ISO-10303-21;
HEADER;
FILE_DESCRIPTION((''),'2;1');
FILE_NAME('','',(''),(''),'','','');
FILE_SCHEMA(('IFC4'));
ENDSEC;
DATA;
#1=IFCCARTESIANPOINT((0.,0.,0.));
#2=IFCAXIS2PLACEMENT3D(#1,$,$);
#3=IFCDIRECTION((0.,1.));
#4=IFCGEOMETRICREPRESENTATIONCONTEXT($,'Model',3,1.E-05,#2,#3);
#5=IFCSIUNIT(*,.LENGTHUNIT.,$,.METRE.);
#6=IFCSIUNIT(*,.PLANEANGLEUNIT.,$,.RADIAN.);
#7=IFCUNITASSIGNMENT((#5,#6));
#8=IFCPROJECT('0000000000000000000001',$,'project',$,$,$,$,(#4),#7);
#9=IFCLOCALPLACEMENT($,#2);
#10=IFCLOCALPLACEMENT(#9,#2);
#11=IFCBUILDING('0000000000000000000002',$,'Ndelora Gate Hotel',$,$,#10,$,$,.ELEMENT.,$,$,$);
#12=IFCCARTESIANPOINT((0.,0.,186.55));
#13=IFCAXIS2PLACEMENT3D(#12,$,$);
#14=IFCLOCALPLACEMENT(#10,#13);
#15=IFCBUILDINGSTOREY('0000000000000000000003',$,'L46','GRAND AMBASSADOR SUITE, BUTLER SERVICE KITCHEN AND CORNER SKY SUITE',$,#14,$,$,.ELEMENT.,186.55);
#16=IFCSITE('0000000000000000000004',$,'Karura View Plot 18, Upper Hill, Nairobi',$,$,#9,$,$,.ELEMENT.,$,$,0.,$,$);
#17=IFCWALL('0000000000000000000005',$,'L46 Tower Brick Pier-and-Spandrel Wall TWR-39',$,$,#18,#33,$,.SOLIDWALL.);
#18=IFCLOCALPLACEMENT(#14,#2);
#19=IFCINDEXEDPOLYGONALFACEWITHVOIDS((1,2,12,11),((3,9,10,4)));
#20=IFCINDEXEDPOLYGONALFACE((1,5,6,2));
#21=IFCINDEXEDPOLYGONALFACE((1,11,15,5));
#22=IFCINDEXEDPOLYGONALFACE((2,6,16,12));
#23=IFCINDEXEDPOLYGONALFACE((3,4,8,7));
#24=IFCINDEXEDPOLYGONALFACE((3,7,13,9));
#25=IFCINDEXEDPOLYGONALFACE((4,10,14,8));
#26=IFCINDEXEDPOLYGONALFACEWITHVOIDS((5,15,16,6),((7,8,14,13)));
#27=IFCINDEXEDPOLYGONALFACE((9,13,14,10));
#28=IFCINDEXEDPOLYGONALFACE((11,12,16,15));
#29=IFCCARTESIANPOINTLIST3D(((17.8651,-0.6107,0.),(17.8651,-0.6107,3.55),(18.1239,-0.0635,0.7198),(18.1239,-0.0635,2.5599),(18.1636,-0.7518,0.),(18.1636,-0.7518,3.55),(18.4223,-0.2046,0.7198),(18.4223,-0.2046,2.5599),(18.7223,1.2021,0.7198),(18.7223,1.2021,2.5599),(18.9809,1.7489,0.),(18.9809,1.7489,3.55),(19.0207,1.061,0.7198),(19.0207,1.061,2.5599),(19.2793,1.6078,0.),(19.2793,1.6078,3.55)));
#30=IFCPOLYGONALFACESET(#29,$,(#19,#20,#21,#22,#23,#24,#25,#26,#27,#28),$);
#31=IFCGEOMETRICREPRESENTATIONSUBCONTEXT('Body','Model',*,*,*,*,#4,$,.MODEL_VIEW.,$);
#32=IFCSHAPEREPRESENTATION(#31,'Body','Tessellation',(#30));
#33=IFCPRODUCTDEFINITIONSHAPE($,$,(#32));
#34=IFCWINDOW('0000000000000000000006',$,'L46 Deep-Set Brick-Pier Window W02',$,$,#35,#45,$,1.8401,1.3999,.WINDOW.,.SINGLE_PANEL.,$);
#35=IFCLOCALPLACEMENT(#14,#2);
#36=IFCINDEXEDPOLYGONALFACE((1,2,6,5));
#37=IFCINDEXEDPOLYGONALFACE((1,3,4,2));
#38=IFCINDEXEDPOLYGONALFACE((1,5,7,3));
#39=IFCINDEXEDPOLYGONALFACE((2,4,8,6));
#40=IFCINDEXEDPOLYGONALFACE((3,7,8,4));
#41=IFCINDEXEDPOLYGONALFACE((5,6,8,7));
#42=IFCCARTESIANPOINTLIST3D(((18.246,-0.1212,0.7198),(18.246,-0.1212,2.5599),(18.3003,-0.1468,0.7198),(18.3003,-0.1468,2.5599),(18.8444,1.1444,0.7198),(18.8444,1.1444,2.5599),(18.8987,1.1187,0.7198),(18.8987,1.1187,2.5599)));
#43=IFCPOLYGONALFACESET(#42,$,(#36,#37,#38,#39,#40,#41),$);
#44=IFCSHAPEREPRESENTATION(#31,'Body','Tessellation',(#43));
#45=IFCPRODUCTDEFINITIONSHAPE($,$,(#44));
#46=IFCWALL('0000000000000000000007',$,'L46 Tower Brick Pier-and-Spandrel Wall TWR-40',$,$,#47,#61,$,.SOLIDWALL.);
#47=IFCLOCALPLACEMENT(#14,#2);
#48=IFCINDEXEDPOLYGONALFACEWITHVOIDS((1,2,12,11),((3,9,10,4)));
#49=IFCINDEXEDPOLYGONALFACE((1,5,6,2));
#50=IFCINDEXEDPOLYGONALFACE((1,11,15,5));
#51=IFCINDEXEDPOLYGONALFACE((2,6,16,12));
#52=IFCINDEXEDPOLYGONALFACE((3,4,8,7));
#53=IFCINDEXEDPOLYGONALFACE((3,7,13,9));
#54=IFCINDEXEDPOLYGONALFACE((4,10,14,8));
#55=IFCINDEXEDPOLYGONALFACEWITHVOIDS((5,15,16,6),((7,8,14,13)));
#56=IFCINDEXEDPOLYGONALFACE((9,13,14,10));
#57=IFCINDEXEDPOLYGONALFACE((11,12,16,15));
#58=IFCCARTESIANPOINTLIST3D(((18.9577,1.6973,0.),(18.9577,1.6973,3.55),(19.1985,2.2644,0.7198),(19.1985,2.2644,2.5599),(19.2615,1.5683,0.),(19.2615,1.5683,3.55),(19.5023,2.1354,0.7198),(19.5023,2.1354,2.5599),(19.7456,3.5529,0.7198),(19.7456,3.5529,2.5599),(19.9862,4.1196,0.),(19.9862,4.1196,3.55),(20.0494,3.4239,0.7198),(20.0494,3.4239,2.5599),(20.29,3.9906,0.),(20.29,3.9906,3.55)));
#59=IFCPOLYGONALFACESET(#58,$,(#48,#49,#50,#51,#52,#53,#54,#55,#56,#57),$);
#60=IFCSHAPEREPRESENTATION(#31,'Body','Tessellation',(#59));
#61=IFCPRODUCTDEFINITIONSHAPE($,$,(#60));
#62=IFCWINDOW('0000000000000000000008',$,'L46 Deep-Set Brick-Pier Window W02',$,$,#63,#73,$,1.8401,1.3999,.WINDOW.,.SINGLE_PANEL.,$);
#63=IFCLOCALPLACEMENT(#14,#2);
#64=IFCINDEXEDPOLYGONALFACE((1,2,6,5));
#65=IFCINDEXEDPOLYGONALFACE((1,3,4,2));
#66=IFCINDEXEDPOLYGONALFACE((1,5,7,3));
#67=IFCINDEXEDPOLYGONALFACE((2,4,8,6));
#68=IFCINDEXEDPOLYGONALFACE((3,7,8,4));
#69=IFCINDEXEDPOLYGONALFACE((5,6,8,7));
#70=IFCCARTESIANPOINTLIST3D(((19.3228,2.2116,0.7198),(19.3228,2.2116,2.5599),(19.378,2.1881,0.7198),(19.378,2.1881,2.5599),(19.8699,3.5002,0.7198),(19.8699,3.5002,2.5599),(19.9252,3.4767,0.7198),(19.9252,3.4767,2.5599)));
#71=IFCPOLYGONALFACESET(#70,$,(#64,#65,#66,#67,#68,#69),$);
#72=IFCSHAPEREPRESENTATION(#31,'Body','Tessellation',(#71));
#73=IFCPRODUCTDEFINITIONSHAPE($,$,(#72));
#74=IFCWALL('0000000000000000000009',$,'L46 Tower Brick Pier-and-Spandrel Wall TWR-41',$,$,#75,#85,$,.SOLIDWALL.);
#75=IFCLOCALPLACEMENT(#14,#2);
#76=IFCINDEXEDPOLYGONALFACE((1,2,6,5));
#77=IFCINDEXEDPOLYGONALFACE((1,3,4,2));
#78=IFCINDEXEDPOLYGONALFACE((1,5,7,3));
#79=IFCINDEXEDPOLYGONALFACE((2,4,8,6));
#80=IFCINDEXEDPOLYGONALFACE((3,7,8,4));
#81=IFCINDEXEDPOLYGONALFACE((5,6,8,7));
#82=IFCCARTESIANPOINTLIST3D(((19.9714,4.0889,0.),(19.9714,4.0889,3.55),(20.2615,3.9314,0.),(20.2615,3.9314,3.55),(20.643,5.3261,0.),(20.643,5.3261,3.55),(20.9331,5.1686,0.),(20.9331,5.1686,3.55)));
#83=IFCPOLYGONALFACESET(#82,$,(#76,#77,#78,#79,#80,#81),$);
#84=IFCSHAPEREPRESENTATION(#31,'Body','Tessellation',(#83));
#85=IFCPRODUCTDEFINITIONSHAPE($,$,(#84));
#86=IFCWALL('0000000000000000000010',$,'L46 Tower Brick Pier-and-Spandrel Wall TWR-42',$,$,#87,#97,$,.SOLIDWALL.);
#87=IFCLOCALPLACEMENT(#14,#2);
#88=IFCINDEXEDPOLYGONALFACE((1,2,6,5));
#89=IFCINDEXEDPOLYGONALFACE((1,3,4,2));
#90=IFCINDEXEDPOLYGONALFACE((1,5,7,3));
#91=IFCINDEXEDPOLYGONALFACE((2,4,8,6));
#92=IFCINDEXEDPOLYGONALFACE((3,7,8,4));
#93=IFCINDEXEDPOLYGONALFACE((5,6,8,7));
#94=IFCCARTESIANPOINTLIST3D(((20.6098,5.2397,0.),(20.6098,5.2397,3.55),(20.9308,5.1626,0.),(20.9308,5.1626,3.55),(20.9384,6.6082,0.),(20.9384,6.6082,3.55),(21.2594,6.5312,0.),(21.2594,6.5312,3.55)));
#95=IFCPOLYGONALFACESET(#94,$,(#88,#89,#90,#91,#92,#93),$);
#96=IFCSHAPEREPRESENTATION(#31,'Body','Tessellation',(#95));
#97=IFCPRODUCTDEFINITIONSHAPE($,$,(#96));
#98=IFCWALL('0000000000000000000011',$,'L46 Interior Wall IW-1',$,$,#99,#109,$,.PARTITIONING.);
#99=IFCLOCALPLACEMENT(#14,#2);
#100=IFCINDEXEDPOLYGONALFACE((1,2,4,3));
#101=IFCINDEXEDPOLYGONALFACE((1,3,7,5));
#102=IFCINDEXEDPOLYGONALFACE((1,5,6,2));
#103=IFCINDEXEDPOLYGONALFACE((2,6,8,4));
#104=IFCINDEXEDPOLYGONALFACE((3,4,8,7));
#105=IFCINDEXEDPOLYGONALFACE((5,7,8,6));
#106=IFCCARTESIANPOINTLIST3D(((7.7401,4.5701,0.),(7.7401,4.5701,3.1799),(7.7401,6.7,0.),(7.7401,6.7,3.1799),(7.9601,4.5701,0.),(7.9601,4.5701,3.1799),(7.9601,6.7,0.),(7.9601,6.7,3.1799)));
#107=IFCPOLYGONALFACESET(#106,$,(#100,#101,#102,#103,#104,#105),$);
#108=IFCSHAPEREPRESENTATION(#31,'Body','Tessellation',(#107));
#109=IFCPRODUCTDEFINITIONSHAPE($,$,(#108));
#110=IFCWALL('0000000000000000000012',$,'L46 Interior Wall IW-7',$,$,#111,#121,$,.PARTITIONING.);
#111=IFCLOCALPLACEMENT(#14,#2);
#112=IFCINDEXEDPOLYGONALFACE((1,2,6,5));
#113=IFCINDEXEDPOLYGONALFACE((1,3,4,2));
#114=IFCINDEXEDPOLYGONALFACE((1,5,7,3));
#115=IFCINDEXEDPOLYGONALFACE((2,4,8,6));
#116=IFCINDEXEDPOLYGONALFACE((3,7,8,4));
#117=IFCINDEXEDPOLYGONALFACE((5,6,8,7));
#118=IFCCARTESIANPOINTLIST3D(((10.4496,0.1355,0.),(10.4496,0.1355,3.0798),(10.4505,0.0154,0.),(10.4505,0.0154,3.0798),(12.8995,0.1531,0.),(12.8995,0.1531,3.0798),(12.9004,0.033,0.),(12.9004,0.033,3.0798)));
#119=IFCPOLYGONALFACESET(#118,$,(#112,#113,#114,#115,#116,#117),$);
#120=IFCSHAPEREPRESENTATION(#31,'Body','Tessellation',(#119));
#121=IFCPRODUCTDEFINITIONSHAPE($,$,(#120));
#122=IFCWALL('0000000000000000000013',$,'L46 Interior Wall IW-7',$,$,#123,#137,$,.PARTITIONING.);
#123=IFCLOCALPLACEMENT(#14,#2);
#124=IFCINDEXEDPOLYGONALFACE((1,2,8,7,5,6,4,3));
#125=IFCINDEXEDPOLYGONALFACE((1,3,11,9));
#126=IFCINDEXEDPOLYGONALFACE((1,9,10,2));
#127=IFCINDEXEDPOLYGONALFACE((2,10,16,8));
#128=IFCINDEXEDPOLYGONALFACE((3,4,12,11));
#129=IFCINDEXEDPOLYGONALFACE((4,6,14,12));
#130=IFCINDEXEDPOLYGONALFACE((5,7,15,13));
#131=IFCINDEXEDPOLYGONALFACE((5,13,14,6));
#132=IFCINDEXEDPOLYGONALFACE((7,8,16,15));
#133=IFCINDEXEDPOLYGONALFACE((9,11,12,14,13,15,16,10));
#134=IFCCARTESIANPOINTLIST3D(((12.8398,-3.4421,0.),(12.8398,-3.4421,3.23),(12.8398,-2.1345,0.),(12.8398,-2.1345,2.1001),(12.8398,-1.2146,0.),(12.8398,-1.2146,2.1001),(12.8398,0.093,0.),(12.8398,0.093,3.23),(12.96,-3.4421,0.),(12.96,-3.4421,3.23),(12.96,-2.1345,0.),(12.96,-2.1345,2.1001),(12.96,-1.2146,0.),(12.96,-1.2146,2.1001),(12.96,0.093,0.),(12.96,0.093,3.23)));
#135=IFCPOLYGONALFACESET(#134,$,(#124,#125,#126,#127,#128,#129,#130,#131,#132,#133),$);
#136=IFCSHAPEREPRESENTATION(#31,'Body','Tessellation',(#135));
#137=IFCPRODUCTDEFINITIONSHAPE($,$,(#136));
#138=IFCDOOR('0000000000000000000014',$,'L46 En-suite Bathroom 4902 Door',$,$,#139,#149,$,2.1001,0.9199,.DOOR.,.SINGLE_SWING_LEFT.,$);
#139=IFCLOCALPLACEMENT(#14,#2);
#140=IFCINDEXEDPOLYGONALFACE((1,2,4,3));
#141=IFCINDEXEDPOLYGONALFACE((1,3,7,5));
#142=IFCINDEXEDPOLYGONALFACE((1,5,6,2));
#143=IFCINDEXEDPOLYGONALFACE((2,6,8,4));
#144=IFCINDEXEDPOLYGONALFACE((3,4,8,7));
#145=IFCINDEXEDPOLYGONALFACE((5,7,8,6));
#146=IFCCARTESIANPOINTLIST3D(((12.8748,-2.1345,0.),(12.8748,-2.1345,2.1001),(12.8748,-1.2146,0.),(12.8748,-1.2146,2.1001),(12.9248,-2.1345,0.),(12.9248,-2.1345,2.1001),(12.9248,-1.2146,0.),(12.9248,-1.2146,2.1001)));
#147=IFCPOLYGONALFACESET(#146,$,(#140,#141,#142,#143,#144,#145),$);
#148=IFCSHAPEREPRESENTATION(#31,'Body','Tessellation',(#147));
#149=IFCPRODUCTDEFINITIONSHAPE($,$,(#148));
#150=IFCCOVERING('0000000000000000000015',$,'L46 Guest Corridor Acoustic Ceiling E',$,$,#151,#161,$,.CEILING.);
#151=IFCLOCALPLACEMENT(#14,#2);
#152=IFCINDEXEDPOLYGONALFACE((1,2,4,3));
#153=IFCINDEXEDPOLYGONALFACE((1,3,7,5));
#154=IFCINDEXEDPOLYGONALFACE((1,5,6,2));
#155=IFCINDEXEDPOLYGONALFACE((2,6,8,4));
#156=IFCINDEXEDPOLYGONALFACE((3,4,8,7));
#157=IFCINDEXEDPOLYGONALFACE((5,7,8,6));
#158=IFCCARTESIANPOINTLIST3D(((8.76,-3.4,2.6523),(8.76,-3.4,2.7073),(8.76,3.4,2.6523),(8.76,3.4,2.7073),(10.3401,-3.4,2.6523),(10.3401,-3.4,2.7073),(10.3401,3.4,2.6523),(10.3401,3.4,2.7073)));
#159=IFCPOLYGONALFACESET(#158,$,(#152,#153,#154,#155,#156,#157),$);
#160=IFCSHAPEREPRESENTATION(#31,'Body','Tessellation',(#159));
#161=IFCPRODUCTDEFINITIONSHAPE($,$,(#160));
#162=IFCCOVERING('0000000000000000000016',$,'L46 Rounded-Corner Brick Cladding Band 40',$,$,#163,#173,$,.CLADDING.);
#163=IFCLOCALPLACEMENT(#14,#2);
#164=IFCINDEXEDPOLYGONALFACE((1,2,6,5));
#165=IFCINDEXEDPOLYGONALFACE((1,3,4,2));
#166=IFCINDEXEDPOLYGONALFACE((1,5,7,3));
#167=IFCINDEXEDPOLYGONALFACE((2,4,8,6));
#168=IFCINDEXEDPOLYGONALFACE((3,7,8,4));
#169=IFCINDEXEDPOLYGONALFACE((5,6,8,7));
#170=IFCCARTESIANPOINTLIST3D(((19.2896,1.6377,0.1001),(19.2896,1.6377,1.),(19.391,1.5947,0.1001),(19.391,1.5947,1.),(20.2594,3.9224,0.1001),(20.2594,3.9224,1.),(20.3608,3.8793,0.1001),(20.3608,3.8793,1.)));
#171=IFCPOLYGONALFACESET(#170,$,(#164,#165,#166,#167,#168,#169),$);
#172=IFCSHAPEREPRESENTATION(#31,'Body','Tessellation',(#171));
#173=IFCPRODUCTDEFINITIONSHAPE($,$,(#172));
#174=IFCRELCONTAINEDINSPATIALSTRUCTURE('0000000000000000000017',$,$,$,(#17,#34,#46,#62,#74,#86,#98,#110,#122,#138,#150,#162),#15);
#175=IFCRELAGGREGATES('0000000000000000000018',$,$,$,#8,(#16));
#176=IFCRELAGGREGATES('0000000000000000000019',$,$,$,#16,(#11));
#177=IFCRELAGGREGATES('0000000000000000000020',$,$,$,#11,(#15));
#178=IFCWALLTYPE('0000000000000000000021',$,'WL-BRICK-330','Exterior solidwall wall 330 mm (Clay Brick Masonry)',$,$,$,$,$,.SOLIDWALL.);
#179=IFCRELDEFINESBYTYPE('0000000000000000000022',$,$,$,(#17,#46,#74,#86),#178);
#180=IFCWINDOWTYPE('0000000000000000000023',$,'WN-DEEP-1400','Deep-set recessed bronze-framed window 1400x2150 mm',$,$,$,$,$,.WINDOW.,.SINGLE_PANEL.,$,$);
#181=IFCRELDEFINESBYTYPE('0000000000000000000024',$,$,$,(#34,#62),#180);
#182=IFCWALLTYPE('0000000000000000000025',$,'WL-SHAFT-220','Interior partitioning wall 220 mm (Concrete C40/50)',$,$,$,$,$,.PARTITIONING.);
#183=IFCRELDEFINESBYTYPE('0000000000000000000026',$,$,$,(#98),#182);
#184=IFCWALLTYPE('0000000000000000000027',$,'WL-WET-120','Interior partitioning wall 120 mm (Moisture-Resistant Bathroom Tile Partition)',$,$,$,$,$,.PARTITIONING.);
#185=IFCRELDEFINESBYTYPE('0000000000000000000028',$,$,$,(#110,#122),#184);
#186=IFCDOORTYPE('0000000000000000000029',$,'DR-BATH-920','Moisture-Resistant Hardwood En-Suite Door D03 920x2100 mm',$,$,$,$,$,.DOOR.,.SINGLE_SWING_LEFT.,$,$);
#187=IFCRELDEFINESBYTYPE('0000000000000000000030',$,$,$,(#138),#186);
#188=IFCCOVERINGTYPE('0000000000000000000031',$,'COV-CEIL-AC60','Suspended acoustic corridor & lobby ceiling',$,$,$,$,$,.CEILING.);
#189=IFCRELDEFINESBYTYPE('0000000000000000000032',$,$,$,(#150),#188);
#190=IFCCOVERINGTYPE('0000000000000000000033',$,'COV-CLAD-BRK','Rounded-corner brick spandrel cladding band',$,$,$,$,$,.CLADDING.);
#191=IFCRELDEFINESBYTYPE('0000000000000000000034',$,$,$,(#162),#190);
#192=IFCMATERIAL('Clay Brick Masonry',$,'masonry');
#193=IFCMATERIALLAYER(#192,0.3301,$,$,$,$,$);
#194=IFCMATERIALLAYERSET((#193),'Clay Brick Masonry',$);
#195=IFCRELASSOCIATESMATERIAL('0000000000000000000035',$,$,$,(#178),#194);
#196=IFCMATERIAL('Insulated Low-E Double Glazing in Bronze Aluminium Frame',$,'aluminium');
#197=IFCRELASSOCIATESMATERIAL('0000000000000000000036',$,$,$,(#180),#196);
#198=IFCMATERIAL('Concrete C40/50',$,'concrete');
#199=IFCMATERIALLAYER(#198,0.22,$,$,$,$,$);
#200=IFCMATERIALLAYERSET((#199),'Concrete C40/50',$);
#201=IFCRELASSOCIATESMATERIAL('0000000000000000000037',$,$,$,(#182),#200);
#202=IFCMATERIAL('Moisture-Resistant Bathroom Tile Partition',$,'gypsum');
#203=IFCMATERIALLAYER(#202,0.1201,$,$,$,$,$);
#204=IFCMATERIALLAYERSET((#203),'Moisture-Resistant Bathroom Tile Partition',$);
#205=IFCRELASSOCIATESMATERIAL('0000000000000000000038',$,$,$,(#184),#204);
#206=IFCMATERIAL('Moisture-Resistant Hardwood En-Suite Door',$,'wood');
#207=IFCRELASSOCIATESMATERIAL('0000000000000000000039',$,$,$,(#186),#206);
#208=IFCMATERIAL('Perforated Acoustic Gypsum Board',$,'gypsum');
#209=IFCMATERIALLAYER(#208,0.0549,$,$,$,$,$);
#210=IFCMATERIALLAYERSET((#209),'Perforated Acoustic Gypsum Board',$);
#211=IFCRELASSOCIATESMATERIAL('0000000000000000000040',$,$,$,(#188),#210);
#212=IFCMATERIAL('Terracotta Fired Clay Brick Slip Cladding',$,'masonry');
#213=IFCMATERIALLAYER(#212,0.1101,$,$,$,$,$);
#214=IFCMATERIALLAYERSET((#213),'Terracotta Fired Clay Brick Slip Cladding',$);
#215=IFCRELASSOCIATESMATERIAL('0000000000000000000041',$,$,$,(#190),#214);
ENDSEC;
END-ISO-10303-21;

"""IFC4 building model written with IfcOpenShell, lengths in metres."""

from ifc_helpers import new_model, si_unit, direction, frame, frame_2d, origin, origin_2d, place, context, subcontext, project, spatial, rectangle, extrude, material, layer, layer_set, type_object, element, fill, save


model = new_model("IFC4")

# Units and contexts
model_context = context("Model", 3, precision=1e-05, world=origin(), true_north=direction((0.0, 1.0)))
body_context = subcontext(model_context, "Body", "Model", "MODEL_VIEW")
ifc_project = project(units=[si_unit("LENGTHUNIT", "METRE"), si_unit("PLANEANGLEUNIT", "RADIAN")], contexts=[model_context])

# Site, building, storey
site_placement = place(None, origin())
site = spatial("IfcSite", under=ifc_project, at=site_placement, Name="Karura View Plot 18, Upper Hill, Nairobi", CompositionType="ELEMENT", RefElevation=0.0)
building_placement = place(site_placement, origin())
building = spatial("IfcBuilding", under=site, at=building_placement, Name="Ndelora Gate Hotel", CompositionType="ELEMENT")
storey_placement = place(building_placement, frame((0.0, 0.0, 186.55)))
storey = spatial("IfcBuildingStorey", under=building, at=storey_placement, Name="L46", Description="GRAND AMBASSADOR SUITE, BUTLER SERVICE KITCHEN AND CORNER SKY SUITE", CompositionType="ELEMENT", Elevation=186.55)

# Walls, openings, windows
ifc_material_1 = material(Name="Clay Brick Masonry", Category="masonry")
ifc_layer_1 = layer(ifc_material_1, 0.3301)
ifc_layer_set_1 = layer_set([ifc_layer_1], Name="Clay Brick Masonry")
wall_type_1 = type_object("IfcWallType", Name="WL-BRICK-330", Description="Exterior solidwall wall 330 mm (Clay Brick Masonry)", PredefinedType="SOLIDWALL", material=ifc_layer_set_1)
wall_1_placement = place(storey_placement, frame((19.1301, 1.6785, 0.0), z_axis=(0.0, 0.0, 1.0), x_axis=(-0.427463, -0.904033, 0.0)))
wall_1 = element("IfcWall", 1, at=wall_1_placement, inside=storey, type_object=wall_type_1, Name="L46 Tower Brick Pier-and-Spandrel Wall TWR-39", PredefinedType="SOLIDWALL", context=body_context, shape_type="SweptSolid", body=[
    extrude(rectangle(XDim=2.6101, YDim=0.3301, at=frame_2d((1.3052, 0.0))), origin(), (0.0, 0.0, 1.0), 3.55),
])
opening_1_placement = place(wall_1_placement, frame((0.605, 0.0, 0.72)))
opening_1 = element("IfcOpeningElement", 2, at=opening_1_placement, cuts=wall_1, PredefinedType="OPENING", context=body_context, shape_type="SweptSolid", body=[
    extrude(rectangle(XDim=1.3999, YDim=1.8401, at=frame_2d((0.7, 0.9199))), frame((0.0, 0.175, 0.0), z_axis=(0.0, -1.0, 0.0), x_axis=(1.0, 0.0, 0.0)), (0.0, 0.0, 1.0), 0.3501),
])
ifc_material_2 = material(Name="Insulated Low-E Double Glazing in Bronze Aluminium Frame", Category="aluminium")
window_type = type_object("IfcWindowType", Name="WN-DEEP-1400", Description="Deep-set recessed bronze-framed window 1400x2150 mm", PartitioningType="SINGLE_PANEL", PredefinedType="WINDOW", material=ifc_material_2)
window_1_placement = place(opening_1_placement, origin())
window_1 = element("IfcWindow", 3, at=window_1_placement, inside=storey, type_object=window_type, Name="L46 Deep-Set Brick-Pier Window W02", OverallHeight=1.8401, OverallWidth=1.3999, PartitioningType="SINGLE_PANEL", PredefinedType="WINDOW", context=body_context, shape_type="SweptSolid", body=[
    extrude(rectangle(XDim=1.3999, YDim=1.8401, at=frame_2d((0.7, 0.9199))), frame((0.0, 0.03, 0.0), z_axis=(0.0, -1.0, 0.0), x_axis=(1.0, 0.0, 0.0)), (0.0, 0.0, 1.0), 0.0601),
])
fill(opening_1, window_1)
wall_2_placement = place(storey_placement, frame((20.1382, 4.0552, 0.0), z_axis=(0.0, 0.0, 1.0), x_axis=(-0.390838, -0.920459, 0.0)))
wall_2 = element("IfcWall", 4, at=wall_2_placement, inside=storey, type_object=wall_type_1, Name="L46 Tower Brick Pier-and-Spandrel Wall TWR-40", PredefinedType="SOLIDWALL", context=body_context, shape_type="SweptSolid", body=[
    extrude(rectangle(XDim=2.6316, YDim=0.3301, at=frame_2d((1.3159, 0.0))), origin(), (0.0, 0.0, 1.0), 3.55),
])
opening_2_placement = place(wall_2_placement, frame((0.6157, 0.0, 0.72)))
opening_2 = element("IfcOpeningElement", 5, at=opening_2_placement, cuts=wall_2, PredefinedType="OPENING", context=body_context, shape_type="SweptSolid", body=[
    extrude(rectangle(XDim=1.3999, YDim=1.8401, at=frame_2d((0.7, 0.9199))), frame((0.0, 0.175, 0.0), z_axis=(0.0, -1.0, 0.0), x_axis=(1.0, 0.0, 0.0)), (0.0, 0.0, 1.0), 0.3501),
])
window_2_placement = place(opening_2_placement, origin())
window_2 = element("IfcWindow", 6, at=window_2_placement, inside=storey, type_object=window_type, Name="L46 Deep-Set Brick-Pier Window W02", OverallHeight=1.8401, OverallWidth=1.3999, PartitioningType="SINGLE_PANEL", PredefinedType="WINDOW", context=body_context, shape_type="SweptSolid", body=[
    extrude(rectangle(XDim=1.3999, YDim=1.8401, at=frame_2d((0.7, 0.9199))), frame((0.0, 0.03, 0.0), z_axis=(0.0, -1.0, 0.0), x_axis=(1.0, 0.0, 0.0)), (0.0, 0.0, 1.0), 0.0601),
])
fill(opening_2, window_2)

# Walls
wall_3_placement = place(storey_placement, frame((20.7881, 5.2473, 0.0), z_axis=(0.0, 0.0, 1.0), x_axis=(-0.477138, -0.878828, 0.0)))
element("IfcWall", 7, at=wall_3_placement, inside=storey, type_object=wall_type_1, Name="L46 Tower Brick Pier-and-Spandrel Wall TWR-41", PredefinedType="SOLIDWALL", context=body_context, shape_type="SweptSolid", body=[
    extrude(rectangle(XDim=1.4077, YDim=0.3301, at=frame_2d((0.7039, 0.0))), origin(), (0.0, 0.0, 1.0), 3.55),
])
wall_4_placement = place(storey_placement, frame((21.0989, 6.5696, 0.0), z_axis=(0.0, 0.0, 1.0), x_axis=(-0.233465, -0.972365, 0.0)))
element("IfcWall", 8, at=wall_4_placement, inside=storey, type_object=wall_type_1, Name="L46 Tower Brick Pier-and-Spandrel Wall TWR-42", PredefinedType="SOLIDWALL", context=body_context, shape_type="SweptSolid", body=[
    extrude(rectangle(XDim=1.4075, YDim=0.3301, at=frame_2d((0.7036, 0.0))), origin(), (0.0, 0.0, 1.0), 3.55),
])

# Shared definitions
ifc_material_3 = material(Name="Concrete C40/50", Category="concrete")

# Walls
ifc_layer_2 = layer(ifc_material_3, 0.22)
ifc_layer_set_2 = layer_set([ifc_layer_2], Name="Concrete C40/50")
wall_type_2 = type_object("IfcWallType", Name="WL-SHAFT-220", Description="Interior partitioning wall 220 mm (Concrete C40/50)", PredefinedType="PARTITIONING", material=ifc_layer_set_2)
wall_5_placement = place(storey_placement, frame((7.8501, 4.5701, 0.0), z_axis=(0.0, 0.0, 1.0), x_axis=(0.0, 1.0, 0.0)))
element("IfcWall", 9, at=wall_5_placement, inside=storey, type_object=wall_type_2, Name="L46 Interior Wall IW-1", PredefinedType="PARTITIONING", context=body_context, shape_type="SweptSolid", body=[
    extrude(rectangle(XDim=2.1299, YDim=0.22, at=frame_2d((1.0649, 0.0))), origin(), (0.0, 0.0, 1.0), 3.1799),
])
ifc_material_4 = material(Name="Moisture-Resistant Bathroom Tile Partition", Category="gypsum")
ifc_layer_3 = layer(ifc_material_4, 0.1201)
ifc_layer_set_3 = layer_set([ifc_layer_3], Name="Moisture-Resistant Bathroom Tile Partition")
wall_type_3 = type_object("IfcWallType", Name="WL-WET-120", Description="Interior partitioning wall 120 mm (Moisture-Resistant Bathroom Tile Partition)", PredefinedType="PARTITIONING", material=ifc_layer_set_3)
wall_6_placement = place(storey_placement, frame((10.45, 0.0754, 0.0), z_axis=(0.0, 0.0, 1.0), x_axis=(0.999974, 0.007175, 0.0)))
element("IfcWall", 10, at=wall_6_placement, inside=storey, type_object=wall_type_3, Name="L46 Interior Wall IW-7", PredefinedType="PARTITIONING", context=body_context, shape_type="SweptSolid", body=[
    extrude(rectangle(XDim=2.45, YDim=0.1201, at=frame_2d((1.2251, 0.0))), origin(), (0.0, 0.0, 1.0), 3.0798),
])

# Wall, opening, door
wall_7_placement = place(storey_placement, frame((12.8999, 0.093, 0.0), z_axis=(0.0, 0.0, 1.0), x_axis=(0.0, -1.0, 0.0)))
wall_7 = element("IfcWall", 11, at=wall_7_placement, inside=storey, type_object=wall_type_3, Name="L46 Interior Wall IW-7", PredefinedType="PARTITIONING", context=body_context, shape_type="SweptSolid", body=[
    extrude(rectangle(XDim=3.5352, YDim=0.1201, at=frame_2d((1.7676, 0.0))), origin(), (0.0, 0.0, 1.0), 3.23),
])
opening_3_placement = place(wall_7_placement, frame((1.3076, 0.0, 0.0)))
opening_3 = element("IfcOpeningElement", 12, at=opening_3_placement, cuts=wall_7, PredefinedType="OPENING", context=body_context, shape_type="SweptSolid", body=[
    extrude(rectangle(XDim=0.9199, YDim=2.1001, at=frame_2d((0.46, 1.05))), frame((0.0, 0.0701, 0.0), z_axis=(0.0, -1.0, 0.0), x_axis=(1.0, 0.0, 0.0)), (0.0, 0.0, 1.0), 0.1401),
])
ifc_material_5 = material(Name="Moisture-Resistant Hardwood En-Suite Door", Category="wood")
door_type_1 = type_object("IfcDoorType", Name="DR-BATH-920", Description="Moisture-Resistant Hardwood En-Suite Door D03 920x2100 mm", OperationType="SINGLE_SWING_LEFT", PredefinedType="DOOR", material=ifc_material_5)
door_1_placement = place(opening_3_placement, origin())
door_1 = element("IfcDoor", 13, at=door_1_placement, inside=storey, type_object=door_type_1, Name="L46 En-suite Bathroom 4902 Door", OperationType="SINGLE_SWING_LEFT", OverallHeight=2.1001, OverallWidth=0.9199, PredefinedType="DOOR", context=body_context, shape_type="SweptSolid", body=[
    extrude(rectangle(XDim=0.9199, YDim=2.1001, at=frame_2d((0.46, 1.05))), frame((0.0, 0.0249, 0.0), z_axis=(0.0, -1.0, 0.0), x_axis=(1.0, 0.0, 0.0)), (0.0, 0.0, 1.0), 0.05),
])
fill(opening_3, door_1)

# Coverings
ifc_material_6 = material(Name="Perforated Acoustic Gypsum Board", Category="gypsum")
ifc_layer_4 = layer(ifc_material_6, 0.0549)
ifc_layer_set_4 = layer_set([ifc_layer_4], Name="Perforated Acoustic Gypsum Board")
covering_type_1 = type_object("IfcCoveringType", Name="COV-CEIL-AC60", Description="Suspended acoustic corridor & lobby ceiling", PredefinedType="CEILING", material=ifc_layer_set_4)
covering_1_placement = place(storey_placement, frame((9.55, 0.0, 2.6523), z_axis=(0.0, 0.0, 1.0), x_axis=(1.0, 0.0, 0.0)))
element("IfcCovering", 14, at=covering_1_placement, inside=storey, type_object=covering_type_1, Name="L46 Guest Corridor Acoustic Ceiling E", PredefinedType="CEILING", context=body_context, shape_type="SweptSolid", body=[
    extrude(rectangle(XDim=1.5801, YDim=6.8, at=origin_2d()), origin(), (0.0, 0.0, 1.0), 0.0549),
])
ifc_material_7 = material(Name="Terracotta Fired Clay Brick Slip Cladding", Category="masonry")
ifc_layer_5 = layer(ifc_material_7, 0.1101)
ifc_layer_set_5 = layer_set([ifc_layer_5], Name="Terracotta Fired Clay Brick Slip Cladding")
covering_type_2 = type_object("IfcCoveringType", Name="COV-CLAD-BRK", Description="Rounded-corner brick spandrel cladding band", PredefinedType="CLADDING", material=ifc_layer_set_5)
covering_2_placement = place(storey_placement, frame((19.8252, 2.7585, 0.1001), z_axis=(0.0, 0.0, 1.0), x_axis=(0.390731, 0.920505, 0.0)))
element("IfcCovering", 15, at=covering_2_placement, inside=storey, type_object=covering_type_2, Name="L46 Rounded-Corner Brick Cladding Band 40", PredefinedType="CLADDING", context=body_context, shape_type="SweptSolid", body=[
    extrude(rectangle(XDim=2.4819, YDim=0.1101, at=origin_2d()), origin(), (0.0, 0.0, 1.0), 0.8999),
])

save(model, "model.ifc")
